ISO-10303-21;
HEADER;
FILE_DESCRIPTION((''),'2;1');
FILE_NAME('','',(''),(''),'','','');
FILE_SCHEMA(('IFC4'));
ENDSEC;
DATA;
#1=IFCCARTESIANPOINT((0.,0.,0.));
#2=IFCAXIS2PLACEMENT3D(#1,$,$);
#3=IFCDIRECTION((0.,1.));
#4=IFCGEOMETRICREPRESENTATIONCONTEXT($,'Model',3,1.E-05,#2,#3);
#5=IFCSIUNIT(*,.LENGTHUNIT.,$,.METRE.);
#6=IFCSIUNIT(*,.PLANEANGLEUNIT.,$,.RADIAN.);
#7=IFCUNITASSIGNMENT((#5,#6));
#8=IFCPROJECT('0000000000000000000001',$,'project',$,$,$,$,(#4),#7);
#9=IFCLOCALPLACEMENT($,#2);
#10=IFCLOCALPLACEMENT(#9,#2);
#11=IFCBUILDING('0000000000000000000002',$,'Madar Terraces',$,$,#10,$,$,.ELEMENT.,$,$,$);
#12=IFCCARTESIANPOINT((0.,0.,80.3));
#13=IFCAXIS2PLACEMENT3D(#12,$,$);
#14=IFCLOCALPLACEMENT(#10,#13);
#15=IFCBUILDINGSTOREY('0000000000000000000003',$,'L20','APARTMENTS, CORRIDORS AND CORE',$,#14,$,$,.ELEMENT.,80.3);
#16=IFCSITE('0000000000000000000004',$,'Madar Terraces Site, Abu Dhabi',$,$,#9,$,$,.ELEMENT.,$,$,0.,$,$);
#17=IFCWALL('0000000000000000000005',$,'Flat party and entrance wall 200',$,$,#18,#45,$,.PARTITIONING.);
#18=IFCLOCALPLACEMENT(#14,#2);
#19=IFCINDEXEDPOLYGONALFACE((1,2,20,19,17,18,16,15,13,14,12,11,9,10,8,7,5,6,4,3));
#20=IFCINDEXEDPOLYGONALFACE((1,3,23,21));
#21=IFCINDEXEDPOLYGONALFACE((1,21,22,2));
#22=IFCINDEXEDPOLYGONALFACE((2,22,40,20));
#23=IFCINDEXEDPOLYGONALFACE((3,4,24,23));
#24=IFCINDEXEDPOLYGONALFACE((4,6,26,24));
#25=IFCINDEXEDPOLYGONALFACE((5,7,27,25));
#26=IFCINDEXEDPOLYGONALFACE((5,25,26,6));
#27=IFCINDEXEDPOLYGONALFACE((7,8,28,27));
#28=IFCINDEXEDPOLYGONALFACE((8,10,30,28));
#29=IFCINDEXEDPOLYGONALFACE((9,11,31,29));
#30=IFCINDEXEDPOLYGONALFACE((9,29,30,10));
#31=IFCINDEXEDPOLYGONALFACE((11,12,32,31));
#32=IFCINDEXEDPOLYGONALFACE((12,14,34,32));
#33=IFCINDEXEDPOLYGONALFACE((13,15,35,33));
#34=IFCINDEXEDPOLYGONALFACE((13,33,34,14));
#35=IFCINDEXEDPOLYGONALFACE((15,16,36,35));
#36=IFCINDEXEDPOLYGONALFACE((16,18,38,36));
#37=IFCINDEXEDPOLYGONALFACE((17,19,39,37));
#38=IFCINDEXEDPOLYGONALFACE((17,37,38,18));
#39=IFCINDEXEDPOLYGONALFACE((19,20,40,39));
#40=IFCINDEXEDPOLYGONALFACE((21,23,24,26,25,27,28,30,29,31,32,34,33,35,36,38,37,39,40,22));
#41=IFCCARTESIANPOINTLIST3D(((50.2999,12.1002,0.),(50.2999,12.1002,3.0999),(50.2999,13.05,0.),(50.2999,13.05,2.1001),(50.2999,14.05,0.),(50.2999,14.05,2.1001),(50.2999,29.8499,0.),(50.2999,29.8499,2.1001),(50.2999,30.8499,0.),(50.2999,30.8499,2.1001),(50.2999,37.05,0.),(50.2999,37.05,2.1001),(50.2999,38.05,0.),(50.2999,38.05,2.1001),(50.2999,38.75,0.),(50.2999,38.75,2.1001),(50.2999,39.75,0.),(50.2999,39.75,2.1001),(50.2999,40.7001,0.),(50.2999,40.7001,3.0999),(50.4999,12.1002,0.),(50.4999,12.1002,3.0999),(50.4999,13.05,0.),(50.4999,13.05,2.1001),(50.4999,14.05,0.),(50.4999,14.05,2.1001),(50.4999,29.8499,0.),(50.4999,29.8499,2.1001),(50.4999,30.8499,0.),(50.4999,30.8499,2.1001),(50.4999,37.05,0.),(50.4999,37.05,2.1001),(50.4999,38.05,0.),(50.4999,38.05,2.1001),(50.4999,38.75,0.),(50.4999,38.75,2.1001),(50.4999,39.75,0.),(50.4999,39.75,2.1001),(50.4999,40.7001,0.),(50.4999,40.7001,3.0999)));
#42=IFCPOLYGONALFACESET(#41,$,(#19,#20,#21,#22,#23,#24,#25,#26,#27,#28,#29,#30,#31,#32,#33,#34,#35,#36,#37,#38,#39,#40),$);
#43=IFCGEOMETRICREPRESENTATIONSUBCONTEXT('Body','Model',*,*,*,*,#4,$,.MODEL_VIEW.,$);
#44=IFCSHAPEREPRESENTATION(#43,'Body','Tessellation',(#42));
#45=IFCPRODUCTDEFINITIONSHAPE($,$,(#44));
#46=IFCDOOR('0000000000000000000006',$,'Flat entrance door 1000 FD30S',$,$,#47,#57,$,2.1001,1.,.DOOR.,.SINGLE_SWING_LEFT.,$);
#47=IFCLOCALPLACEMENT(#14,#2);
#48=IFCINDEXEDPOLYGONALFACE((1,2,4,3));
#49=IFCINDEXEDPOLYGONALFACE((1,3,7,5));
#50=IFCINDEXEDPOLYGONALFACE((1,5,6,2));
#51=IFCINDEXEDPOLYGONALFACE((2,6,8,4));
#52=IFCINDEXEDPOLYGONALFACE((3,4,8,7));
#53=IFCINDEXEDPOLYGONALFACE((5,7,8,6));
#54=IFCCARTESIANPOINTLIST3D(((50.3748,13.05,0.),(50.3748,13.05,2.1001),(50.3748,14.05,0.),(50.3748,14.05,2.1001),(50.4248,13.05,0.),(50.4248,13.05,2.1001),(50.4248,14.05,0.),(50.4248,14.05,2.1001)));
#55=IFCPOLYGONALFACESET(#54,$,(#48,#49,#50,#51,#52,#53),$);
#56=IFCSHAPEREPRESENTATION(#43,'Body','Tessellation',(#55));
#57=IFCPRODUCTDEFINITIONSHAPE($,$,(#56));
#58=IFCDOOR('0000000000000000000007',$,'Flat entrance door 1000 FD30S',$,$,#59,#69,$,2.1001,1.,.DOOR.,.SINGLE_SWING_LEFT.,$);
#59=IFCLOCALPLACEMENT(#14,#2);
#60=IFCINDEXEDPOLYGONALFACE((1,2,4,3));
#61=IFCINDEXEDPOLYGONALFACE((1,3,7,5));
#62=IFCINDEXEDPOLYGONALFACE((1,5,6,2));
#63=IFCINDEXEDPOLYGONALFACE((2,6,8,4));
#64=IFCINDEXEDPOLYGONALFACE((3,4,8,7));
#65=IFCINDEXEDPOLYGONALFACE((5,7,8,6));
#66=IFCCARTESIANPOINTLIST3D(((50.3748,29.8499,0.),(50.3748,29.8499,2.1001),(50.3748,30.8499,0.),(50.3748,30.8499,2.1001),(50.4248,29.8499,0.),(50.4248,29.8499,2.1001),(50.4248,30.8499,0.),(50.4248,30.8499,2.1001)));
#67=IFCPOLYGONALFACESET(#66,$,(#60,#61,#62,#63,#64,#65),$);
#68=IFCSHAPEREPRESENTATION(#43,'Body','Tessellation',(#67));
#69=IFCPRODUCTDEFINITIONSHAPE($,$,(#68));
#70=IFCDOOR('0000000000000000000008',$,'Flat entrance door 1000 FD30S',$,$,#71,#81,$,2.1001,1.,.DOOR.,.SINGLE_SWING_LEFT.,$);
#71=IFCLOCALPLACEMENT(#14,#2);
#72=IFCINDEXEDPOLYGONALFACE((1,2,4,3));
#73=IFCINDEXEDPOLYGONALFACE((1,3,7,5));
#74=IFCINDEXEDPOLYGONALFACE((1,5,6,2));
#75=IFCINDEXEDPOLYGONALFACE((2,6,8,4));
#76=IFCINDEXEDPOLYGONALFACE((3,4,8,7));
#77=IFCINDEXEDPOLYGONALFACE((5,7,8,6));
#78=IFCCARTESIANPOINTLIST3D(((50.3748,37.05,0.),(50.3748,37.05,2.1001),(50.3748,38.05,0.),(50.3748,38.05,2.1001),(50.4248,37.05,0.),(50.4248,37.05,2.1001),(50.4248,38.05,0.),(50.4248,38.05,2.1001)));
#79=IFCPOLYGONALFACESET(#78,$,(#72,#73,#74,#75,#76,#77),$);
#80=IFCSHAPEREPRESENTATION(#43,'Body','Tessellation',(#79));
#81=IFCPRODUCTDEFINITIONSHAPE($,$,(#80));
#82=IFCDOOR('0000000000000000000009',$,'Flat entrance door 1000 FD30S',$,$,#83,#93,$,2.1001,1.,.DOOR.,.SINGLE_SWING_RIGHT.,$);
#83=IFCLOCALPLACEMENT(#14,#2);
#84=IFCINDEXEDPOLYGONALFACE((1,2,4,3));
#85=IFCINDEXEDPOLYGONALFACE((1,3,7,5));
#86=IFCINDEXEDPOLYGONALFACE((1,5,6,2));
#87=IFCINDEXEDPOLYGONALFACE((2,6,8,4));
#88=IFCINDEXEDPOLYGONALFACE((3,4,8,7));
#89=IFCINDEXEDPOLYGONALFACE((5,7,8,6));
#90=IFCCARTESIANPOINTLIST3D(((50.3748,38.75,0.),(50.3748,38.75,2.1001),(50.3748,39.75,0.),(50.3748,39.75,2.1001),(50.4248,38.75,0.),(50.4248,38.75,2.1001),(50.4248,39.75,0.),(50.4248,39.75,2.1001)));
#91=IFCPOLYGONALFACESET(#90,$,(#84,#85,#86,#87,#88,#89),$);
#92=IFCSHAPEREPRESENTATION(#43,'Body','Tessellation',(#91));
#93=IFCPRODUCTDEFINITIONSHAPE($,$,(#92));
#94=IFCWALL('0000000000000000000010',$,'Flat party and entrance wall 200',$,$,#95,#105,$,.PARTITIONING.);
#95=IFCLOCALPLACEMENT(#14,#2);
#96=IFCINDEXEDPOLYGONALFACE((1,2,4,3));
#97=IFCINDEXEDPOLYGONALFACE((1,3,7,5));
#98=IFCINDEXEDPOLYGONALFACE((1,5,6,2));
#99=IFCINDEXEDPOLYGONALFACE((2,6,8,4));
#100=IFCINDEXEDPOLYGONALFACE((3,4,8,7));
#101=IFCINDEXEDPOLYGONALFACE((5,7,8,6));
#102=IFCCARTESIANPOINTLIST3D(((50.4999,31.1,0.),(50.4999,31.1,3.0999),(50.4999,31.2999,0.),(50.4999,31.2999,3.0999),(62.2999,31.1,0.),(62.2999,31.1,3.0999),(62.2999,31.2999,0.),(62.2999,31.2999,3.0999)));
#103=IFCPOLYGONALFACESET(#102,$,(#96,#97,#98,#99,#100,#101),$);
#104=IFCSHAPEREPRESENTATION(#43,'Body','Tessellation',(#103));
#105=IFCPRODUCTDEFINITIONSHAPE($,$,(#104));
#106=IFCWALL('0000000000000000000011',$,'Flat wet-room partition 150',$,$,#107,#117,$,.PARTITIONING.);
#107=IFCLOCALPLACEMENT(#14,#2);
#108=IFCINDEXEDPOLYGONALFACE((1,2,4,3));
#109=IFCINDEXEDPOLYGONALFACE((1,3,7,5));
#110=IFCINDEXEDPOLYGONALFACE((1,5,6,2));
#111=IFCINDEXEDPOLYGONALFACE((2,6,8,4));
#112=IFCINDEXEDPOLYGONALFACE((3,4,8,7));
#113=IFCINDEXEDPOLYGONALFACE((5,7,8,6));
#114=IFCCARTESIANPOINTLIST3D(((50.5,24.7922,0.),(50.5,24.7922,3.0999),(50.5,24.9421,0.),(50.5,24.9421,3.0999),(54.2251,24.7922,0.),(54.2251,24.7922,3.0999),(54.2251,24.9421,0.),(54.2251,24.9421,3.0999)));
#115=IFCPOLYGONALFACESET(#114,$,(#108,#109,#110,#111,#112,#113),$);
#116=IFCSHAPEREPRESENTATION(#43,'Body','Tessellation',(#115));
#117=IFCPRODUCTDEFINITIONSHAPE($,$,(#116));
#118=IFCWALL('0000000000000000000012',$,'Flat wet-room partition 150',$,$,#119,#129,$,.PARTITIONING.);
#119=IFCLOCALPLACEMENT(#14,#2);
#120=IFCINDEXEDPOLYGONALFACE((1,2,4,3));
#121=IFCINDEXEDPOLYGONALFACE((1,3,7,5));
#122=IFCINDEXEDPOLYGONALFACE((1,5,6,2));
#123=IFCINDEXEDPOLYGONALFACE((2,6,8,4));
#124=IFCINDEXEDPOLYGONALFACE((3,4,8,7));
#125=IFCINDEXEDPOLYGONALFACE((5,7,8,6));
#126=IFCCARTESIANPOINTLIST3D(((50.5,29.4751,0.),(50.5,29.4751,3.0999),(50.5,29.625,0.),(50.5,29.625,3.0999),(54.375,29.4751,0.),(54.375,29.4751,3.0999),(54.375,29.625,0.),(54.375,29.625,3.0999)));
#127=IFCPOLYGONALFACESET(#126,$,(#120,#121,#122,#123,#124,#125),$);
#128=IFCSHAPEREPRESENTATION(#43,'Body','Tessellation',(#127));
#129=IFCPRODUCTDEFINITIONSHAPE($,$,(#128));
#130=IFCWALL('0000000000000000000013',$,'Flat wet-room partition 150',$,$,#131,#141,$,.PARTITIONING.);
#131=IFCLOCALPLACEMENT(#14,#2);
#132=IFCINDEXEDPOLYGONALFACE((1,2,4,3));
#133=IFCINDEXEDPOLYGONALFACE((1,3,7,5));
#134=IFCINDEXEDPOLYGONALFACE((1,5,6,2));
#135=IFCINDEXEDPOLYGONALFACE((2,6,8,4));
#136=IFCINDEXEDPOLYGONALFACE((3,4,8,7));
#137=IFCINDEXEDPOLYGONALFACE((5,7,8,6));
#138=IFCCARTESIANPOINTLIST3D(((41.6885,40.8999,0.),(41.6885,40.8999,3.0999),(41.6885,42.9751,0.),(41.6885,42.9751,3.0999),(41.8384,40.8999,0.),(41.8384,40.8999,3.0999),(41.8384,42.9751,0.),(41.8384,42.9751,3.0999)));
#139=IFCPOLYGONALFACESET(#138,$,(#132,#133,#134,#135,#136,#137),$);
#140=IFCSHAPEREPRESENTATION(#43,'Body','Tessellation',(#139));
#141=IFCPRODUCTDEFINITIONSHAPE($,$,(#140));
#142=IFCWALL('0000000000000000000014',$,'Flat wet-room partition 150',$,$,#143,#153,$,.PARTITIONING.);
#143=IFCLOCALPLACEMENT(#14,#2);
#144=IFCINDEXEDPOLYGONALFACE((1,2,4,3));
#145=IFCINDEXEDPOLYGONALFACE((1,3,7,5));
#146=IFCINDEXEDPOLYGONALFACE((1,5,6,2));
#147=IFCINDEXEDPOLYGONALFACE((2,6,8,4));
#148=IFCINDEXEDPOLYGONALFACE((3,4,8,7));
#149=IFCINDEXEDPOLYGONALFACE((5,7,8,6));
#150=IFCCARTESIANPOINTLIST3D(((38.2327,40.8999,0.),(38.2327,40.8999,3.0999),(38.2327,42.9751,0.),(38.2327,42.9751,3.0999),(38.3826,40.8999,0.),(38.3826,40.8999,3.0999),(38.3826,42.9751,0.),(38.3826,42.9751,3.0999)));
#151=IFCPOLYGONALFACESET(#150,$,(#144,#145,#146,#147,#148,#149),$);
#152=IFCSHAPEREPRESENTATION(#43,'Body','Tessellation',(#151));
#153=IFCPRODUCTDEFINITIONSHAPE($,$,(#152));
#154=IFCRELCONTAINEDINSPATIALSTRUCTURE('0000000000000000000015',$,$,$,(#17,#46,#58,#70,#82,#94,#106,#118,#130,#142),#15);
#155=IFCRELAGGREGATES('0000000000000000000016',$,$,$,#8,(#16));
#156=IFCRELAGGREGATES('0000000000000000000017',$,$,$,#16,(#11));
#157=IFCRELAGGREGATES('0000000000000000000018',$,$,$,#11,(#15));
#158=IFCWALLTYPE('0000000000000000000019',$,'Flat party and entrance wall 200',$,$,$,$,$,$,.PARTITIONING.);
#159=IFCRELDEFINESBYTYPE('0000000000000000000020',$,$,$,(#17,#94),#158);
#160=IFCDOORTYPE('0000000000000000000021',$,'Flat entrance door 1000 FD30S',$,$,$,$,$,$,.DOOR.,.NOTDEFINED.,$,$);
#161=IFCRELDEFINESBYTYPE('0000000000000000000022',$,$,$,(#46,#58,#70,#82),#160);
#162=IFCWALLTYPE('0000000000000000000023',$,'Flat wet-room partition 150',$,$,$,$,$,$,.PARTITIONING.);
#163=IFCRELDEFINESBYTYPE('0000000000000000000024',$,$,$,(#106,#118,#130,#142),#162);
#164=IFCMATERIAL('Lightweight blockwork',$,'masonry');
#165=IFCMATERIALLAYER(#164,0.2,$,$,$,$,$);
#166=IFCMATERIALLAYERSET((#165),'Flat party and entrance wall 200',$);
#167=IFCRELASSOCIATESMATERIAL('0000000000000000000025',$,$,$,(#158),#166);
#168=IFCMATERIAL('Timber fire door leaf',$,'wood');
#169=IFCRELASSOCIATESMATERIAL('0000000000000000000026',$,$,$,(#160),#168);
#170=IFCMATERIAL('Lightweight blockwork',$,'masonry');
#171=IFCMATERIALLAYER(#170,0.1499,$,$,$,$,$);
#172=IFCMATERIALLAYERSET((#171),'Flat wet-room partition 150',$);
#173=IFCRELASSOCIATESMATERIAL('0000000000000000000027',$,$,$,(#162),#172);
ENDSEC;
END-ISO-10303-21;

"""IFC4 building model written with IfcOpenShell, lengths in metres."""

from ifc_helpers import new_model, si_unit, direction, frame, frame_2d, origin, place, context, subcontext, project, spatial, rectangle, extrude, material, layer, layer_set, type_object, element, fill, save


model = new_model("IFC4")

# Units and contexts
model_context = context("Model", 3, precision=1e-05, world=origin(), true_north=direction((0.0, 1.0)))
body_context = subcontext(model_context, "Body", "Model", "MODEL_VIEW")
ifc_project = project(units=[si_unit("LENGTHUNIT", "METRE"), si_unit("PLANEANGLEUNIT", "RADIAN")], contexts=[model_context])

# Site, building, storey
site_placement = place(None, origin())
site = spatial("IfcSite", under=ifc_project, at=site_placement, Name="Madar Terraces Site, Abu Dhabi", CompositionType="ELEMENT", RefElevation=0.0)
building_placement = place(site_placement, origin())
building = spatial("IfcBuilding", under=site, at=building_placement, Name="Madar Terraces", CompositionType="ELEMENT")
storey_placement = place(building_placement, frame((0.0, 0.0, 80.3)))
storey = spatial("IfcBuildingStorey", under=building, at=storey_placement, Name="L20", Description="APARTMENTS, CORRIDORS AND CORE", CompositionType="ELEMENT", Elevation=80.3)

# Wall, openings, doors
ifc_material_1 = material(Name="Lightweight blockwork", Category="masonry")
ifc_layer_1 = layer(ifc_material_1, 0.2)
ifc_layer_set_1 = layer_set([ifc_layer_1], Name="Flat party and entrance wall 200")
wall_type_1 = type_object("IfcWallType", Name="Flat party and entrance wall 200", PredefinedType="PARTITIONING", material=ifc_layer_set_1)
wall_1_placement = place(storey_placement, frame((50.3999, 40.7, 0.0), z_axis=(0.0, 0.0, 1.0), x_axis=(0.0, -1.0, 0.0)))
wall_1 = element("IfcWall", 1, at=wall_1_placement, inside=storey, type_object=wall_type_1, Name="Flat party and entrance wall 200", PredefinedType="PARTITIONING", context=body_context, shape_type="SweptSolid", body=[
    extrude(rectangle(XDim=28.5999, YDim=0.2, at=frame_2d((14.2998, 0.0))), origin(), (0.0, 0.0, 1.0), 3.0999),
])
opening_1_placement = place(wall_1_placement, frame((26.6499, 0.0, 0.0)))
opening_1 = element("IfcOpeningElement", 2, at=opening_1_placement, cuts=wall_1, PredefinedType="OPENING", context=body_context, shape_type="SweptSolid", body=[
    extrude(rectangle(XDim=1.0, YDim=2.1001, at=frame_2d((0.5, 1.05))), frame((0.0, 0.1099, 0.0), z_axis=(0.0, -1.0, 0.0), x_axis=(1.0, 0.0, 0.0)), (0.0, 0.0, 1.0), 0.22),
])
opening_2_placement = place(wall_1_placement, frame((9.8501, 0.0, 0.0)))
opening_2 = element("IfcOpeningElement", 3, at=opening_2_placement, cuts=wall_1, PredefinedType="OPENING", context=body_context, shape_type="SweptSolid", body=[
    extrude(rectangle(XDim=1.0, YDim=2.1001, at=frame_2d((0.5, 1.05))), frame((0.0, 0.1099, 0.0), z_axis=(0.0, -1.0, 0.0), x_axis=(1.0, 0.0, 0.0)), (0.0, 0.0, 1.0), 0.22),
])
opening_3_placement = place(wall_1_placement, frame((2.6499, 0.0, 0.0)))
opening_3 = element("IfcOpeningElement", 4, at=opening_3_placement, cuts=wall_1, PredefinedType="OPENING", context=body_context, shape_type="SweptSolid", body=[
    extrude(rectangle(XDim=1.0, YDim=2.1001, at=frame_2d((0.5, 1.05))), frame((0.0, 0.1099, 0.0), z_axis=(0.0, -1.0, 0.0), x_axis=(1.0, 0.0, 0.0)), (0.0, 0.0, 1.0), 0.22),
])
opening_4_placement = place(wall_1_placement, frame((0.95, 0.0, 0.0)))
opening_4 = element("IfcOpeningElement", 5, at=opening_4_placement, cuts=wall_1, PredefinedType="OPENING", context=body_context, shape_type="SweptSolid", body=[
    extrude(rectangle(XDim=1.0, YDim=2.1001, at=frame_2d((0.5, 1.05))), frame((0.0, 0.1099, 0.0), z_axis=(0.0, -1.0, 0.0), x_axis=(1.0, 0.0, 0.0)), (0.0, 0.0, 1.0), 0.22),
])
ifc_material_2 = material(Name="Timber fire door leaf", Category="wood")
door_type_1 = type_object("IfcDoorType", Name="Flat entrance door 1000 FD30S", OperationType="NOTDEFINED", PredefinedType="DOOR", material=ifc_material_2)
door_1_placement = place(opening_1_placement, origin())
door_1 = element("IfcDoor", 6, at=door_1_placement, inside=storey, type_object=door_type_1, Name="Flat entrance door 1000 FD30S", OperationType="SINGLE_SWING_LEFT", OverallHeight=2.1001, OverallWidth=1.0, PredefinedType="DOOR", context=body_context, shape_type="SweptSolid", body=[
    extrude(rectangle(XDim=1.0, YDim=2.1001, at=frame_2d((0.5, 1.05))), frame((0.0, 0.0249, 0.0), z_axis=(0.0, -1.0, 0.0), x_axis=(1.0, 0.0, 0.0)), (0.0, 0.0, 1.0), 0.05),
])
fill(opening_1, door_1)
door_2_placement = place(opening_2_placement, origin())
door_2 = element("IfcDoor", 7, at=door_2_placement, inside=storey, type_object=door_type_1, Name="Flat entrance door 1000 FD30S", OperationType="SINGLE_SWING_LEFT", OverallHeight=2.1001, OverallWidth=1.0, PredefinedType="DOOR", context=body_context, shape_type="SweptSolid", body=[
    extrude(rectangle(XDim=1.0, YDim=2.1001, at=frame_2d((0.5, 1.05))), frame((0.0, 0.0249, 0.0), z_axis=(0.0, -1.0, 0.0), x_axis=(1.0, 0.0, 0.0)), (0.0, 0.0, 1.0), 0.05),
])
fill(opening_2, door_2)
door_3_placement = place(opening_3_placement, origin())
door_3 = element("IfcDoor", 8, at=door_3_placement, inside=storey, type_object=door_type_1, Name="Flat entrance door 1000 FD30S", OperationType="SINGLE_SWING_LEFT", OverallHeight=2.1001, OverallWidth=1.0, PredefinedType="DOOR", context=body_context, shape_type="SweptSolid", body=[
    extrude(rectangle(XDim=1.0, YDim=2.1001, at=frame_2d((0.5, 1.05))), frame((0.0, 0.0249, 0.0), z_axis=(0.0, -1.0, 0.0), x_axis=(1.0, 0.0, 0.0)), (0.0, 0.0, 1.0), 0.05),
])
fill(opening_3, door_3)
door_4_placement = place(opening_4_placement, origin())
door_4 = element("IfcDoor", 9, at=door_4_placement, inside=storey, type_object=door_type_1, Name="Flat entrance door 1000 FD30S", OperationType="SINGLE_SWING_RIGHT", OverallHeight=2.1001, OverallWidth=1.0, PredefinedType="DOOR", context=body_context, shape_type="SweptSolid", body=[
    extrude(rectangle(XDim=1.0, YDim=2.1001, at=frame_2d((0.5, 1.05))), frame((0.0, 0.0249, 0.0), z_axis=(0.0, -1.0, 0.0), x_axis=(1.0, 0.0, 0.0)), (0.0, 0.0, 1.0), 0.05),
])
fill(opening_4, door_4)

# Walls
wall_2_placement = place(storey_placement, frame((50.5, 31.2, 0.0), z_axis=(0.0, 0.0, 1.0), x_axis=(1.0, 0.0, 0.0)))
element("IfcWall", 10, at=wall_2_placement, inside=storey, type_object=wall_type_1, Name="Flat party and entrance wall 200", PredefinedType="PARTITIONING", context=body_context, shape_type="SweptSolid", body=[
    extrude(rectangle(XDim=11.8, YDim=0.2, at=frame_2d((5.8999, 0.0))), origin(), (0.0, 0.0, 1.0), 3.0999),
])
ifc_material_3 = material(Name="Lightweight blockwork", Category="masonry")
ifc_layer_2 = layer(ifc_material_3, 0.1499)
ifc_layer_set_2 = layer_set([ifc_layer_2], Name="Flat wet-room partition 150")
wall_type_2 = type_object("IfcWallType", Name="Flat wet-room partition 150", PredefinedType="PARTITIONING", material=ifc_layer_set_2)
wall_3_placement = place(storey_placement, frame((50.5, 24.8672, 0.0), z_axis=(0.0, 0.0, 1.0), x_axis=(1.0, 0.0, 0.0)))
element("IfcWall", 11, at=wall_3_placement, inside=storey, type_object=wall_type_2, Name="Flat wet-room partition 150", PredefinedType="PARTITIONING", context=body_context, shape_type="SweptSolid", body=[
    extrude(rectangle(XDim=3.7251, YDim=0.1499, at=frame_2d((1.8625, 0.0))), origin(), (0.0, 0.0, 1.0), 3.0999),
])
wall_4_placement = place(storey_placement, frame((50.5, 29.55, 0.0), z_axis=(0.0, 0.0, 1.0), x_axis=(1.0, 0.0, 0.0)))
element("IfcWall", 12, at=wall_4_placement, inside=storey, type_object=wall_type_2, Name="Flat wet-room partition 150", PredefinedType="PARTITIONING", context=body_context, shape_type="SweptSolid", body=[
    extrude(rectangle(XDim=3.875, YDim=0.1499, at=frame_2d((1.9375, 0.0))), origin(), (0.0, 0.0, 1.0), 3.0999),
])
for number, where, z_axis, x_axis, name in (
    (13, (41.7634, 40.8999, 0.0), (0.0, 0.0, 1.0), (0.0, 1.0, 0.0), "Flat wet-room partition 150"),
    (14, (38.3076, 40.8999, 0.0), (0.0, 0.0, 1.0), (0.0, 1.0, 0.0), "Flat wet-room partition 150"),
):
    element("IfcWall", number, at=place(storey_placement, frame(where, z_axis=z_axis, x_axis=x_axis)), inside=storey, type_object=wall_type_2, Name=name, PredefinedType="PARTITIONING", context=body_context, shape_type="SweptSolid", body=[
        extrude(rectangle(XDim=2.0752, YDim=0.1499, at=frame_2d((1.0376, 0.0))), origin(), (0.0, 0.0, 1.0), 3.0999),
    ])

save(model, "model.ifc")
